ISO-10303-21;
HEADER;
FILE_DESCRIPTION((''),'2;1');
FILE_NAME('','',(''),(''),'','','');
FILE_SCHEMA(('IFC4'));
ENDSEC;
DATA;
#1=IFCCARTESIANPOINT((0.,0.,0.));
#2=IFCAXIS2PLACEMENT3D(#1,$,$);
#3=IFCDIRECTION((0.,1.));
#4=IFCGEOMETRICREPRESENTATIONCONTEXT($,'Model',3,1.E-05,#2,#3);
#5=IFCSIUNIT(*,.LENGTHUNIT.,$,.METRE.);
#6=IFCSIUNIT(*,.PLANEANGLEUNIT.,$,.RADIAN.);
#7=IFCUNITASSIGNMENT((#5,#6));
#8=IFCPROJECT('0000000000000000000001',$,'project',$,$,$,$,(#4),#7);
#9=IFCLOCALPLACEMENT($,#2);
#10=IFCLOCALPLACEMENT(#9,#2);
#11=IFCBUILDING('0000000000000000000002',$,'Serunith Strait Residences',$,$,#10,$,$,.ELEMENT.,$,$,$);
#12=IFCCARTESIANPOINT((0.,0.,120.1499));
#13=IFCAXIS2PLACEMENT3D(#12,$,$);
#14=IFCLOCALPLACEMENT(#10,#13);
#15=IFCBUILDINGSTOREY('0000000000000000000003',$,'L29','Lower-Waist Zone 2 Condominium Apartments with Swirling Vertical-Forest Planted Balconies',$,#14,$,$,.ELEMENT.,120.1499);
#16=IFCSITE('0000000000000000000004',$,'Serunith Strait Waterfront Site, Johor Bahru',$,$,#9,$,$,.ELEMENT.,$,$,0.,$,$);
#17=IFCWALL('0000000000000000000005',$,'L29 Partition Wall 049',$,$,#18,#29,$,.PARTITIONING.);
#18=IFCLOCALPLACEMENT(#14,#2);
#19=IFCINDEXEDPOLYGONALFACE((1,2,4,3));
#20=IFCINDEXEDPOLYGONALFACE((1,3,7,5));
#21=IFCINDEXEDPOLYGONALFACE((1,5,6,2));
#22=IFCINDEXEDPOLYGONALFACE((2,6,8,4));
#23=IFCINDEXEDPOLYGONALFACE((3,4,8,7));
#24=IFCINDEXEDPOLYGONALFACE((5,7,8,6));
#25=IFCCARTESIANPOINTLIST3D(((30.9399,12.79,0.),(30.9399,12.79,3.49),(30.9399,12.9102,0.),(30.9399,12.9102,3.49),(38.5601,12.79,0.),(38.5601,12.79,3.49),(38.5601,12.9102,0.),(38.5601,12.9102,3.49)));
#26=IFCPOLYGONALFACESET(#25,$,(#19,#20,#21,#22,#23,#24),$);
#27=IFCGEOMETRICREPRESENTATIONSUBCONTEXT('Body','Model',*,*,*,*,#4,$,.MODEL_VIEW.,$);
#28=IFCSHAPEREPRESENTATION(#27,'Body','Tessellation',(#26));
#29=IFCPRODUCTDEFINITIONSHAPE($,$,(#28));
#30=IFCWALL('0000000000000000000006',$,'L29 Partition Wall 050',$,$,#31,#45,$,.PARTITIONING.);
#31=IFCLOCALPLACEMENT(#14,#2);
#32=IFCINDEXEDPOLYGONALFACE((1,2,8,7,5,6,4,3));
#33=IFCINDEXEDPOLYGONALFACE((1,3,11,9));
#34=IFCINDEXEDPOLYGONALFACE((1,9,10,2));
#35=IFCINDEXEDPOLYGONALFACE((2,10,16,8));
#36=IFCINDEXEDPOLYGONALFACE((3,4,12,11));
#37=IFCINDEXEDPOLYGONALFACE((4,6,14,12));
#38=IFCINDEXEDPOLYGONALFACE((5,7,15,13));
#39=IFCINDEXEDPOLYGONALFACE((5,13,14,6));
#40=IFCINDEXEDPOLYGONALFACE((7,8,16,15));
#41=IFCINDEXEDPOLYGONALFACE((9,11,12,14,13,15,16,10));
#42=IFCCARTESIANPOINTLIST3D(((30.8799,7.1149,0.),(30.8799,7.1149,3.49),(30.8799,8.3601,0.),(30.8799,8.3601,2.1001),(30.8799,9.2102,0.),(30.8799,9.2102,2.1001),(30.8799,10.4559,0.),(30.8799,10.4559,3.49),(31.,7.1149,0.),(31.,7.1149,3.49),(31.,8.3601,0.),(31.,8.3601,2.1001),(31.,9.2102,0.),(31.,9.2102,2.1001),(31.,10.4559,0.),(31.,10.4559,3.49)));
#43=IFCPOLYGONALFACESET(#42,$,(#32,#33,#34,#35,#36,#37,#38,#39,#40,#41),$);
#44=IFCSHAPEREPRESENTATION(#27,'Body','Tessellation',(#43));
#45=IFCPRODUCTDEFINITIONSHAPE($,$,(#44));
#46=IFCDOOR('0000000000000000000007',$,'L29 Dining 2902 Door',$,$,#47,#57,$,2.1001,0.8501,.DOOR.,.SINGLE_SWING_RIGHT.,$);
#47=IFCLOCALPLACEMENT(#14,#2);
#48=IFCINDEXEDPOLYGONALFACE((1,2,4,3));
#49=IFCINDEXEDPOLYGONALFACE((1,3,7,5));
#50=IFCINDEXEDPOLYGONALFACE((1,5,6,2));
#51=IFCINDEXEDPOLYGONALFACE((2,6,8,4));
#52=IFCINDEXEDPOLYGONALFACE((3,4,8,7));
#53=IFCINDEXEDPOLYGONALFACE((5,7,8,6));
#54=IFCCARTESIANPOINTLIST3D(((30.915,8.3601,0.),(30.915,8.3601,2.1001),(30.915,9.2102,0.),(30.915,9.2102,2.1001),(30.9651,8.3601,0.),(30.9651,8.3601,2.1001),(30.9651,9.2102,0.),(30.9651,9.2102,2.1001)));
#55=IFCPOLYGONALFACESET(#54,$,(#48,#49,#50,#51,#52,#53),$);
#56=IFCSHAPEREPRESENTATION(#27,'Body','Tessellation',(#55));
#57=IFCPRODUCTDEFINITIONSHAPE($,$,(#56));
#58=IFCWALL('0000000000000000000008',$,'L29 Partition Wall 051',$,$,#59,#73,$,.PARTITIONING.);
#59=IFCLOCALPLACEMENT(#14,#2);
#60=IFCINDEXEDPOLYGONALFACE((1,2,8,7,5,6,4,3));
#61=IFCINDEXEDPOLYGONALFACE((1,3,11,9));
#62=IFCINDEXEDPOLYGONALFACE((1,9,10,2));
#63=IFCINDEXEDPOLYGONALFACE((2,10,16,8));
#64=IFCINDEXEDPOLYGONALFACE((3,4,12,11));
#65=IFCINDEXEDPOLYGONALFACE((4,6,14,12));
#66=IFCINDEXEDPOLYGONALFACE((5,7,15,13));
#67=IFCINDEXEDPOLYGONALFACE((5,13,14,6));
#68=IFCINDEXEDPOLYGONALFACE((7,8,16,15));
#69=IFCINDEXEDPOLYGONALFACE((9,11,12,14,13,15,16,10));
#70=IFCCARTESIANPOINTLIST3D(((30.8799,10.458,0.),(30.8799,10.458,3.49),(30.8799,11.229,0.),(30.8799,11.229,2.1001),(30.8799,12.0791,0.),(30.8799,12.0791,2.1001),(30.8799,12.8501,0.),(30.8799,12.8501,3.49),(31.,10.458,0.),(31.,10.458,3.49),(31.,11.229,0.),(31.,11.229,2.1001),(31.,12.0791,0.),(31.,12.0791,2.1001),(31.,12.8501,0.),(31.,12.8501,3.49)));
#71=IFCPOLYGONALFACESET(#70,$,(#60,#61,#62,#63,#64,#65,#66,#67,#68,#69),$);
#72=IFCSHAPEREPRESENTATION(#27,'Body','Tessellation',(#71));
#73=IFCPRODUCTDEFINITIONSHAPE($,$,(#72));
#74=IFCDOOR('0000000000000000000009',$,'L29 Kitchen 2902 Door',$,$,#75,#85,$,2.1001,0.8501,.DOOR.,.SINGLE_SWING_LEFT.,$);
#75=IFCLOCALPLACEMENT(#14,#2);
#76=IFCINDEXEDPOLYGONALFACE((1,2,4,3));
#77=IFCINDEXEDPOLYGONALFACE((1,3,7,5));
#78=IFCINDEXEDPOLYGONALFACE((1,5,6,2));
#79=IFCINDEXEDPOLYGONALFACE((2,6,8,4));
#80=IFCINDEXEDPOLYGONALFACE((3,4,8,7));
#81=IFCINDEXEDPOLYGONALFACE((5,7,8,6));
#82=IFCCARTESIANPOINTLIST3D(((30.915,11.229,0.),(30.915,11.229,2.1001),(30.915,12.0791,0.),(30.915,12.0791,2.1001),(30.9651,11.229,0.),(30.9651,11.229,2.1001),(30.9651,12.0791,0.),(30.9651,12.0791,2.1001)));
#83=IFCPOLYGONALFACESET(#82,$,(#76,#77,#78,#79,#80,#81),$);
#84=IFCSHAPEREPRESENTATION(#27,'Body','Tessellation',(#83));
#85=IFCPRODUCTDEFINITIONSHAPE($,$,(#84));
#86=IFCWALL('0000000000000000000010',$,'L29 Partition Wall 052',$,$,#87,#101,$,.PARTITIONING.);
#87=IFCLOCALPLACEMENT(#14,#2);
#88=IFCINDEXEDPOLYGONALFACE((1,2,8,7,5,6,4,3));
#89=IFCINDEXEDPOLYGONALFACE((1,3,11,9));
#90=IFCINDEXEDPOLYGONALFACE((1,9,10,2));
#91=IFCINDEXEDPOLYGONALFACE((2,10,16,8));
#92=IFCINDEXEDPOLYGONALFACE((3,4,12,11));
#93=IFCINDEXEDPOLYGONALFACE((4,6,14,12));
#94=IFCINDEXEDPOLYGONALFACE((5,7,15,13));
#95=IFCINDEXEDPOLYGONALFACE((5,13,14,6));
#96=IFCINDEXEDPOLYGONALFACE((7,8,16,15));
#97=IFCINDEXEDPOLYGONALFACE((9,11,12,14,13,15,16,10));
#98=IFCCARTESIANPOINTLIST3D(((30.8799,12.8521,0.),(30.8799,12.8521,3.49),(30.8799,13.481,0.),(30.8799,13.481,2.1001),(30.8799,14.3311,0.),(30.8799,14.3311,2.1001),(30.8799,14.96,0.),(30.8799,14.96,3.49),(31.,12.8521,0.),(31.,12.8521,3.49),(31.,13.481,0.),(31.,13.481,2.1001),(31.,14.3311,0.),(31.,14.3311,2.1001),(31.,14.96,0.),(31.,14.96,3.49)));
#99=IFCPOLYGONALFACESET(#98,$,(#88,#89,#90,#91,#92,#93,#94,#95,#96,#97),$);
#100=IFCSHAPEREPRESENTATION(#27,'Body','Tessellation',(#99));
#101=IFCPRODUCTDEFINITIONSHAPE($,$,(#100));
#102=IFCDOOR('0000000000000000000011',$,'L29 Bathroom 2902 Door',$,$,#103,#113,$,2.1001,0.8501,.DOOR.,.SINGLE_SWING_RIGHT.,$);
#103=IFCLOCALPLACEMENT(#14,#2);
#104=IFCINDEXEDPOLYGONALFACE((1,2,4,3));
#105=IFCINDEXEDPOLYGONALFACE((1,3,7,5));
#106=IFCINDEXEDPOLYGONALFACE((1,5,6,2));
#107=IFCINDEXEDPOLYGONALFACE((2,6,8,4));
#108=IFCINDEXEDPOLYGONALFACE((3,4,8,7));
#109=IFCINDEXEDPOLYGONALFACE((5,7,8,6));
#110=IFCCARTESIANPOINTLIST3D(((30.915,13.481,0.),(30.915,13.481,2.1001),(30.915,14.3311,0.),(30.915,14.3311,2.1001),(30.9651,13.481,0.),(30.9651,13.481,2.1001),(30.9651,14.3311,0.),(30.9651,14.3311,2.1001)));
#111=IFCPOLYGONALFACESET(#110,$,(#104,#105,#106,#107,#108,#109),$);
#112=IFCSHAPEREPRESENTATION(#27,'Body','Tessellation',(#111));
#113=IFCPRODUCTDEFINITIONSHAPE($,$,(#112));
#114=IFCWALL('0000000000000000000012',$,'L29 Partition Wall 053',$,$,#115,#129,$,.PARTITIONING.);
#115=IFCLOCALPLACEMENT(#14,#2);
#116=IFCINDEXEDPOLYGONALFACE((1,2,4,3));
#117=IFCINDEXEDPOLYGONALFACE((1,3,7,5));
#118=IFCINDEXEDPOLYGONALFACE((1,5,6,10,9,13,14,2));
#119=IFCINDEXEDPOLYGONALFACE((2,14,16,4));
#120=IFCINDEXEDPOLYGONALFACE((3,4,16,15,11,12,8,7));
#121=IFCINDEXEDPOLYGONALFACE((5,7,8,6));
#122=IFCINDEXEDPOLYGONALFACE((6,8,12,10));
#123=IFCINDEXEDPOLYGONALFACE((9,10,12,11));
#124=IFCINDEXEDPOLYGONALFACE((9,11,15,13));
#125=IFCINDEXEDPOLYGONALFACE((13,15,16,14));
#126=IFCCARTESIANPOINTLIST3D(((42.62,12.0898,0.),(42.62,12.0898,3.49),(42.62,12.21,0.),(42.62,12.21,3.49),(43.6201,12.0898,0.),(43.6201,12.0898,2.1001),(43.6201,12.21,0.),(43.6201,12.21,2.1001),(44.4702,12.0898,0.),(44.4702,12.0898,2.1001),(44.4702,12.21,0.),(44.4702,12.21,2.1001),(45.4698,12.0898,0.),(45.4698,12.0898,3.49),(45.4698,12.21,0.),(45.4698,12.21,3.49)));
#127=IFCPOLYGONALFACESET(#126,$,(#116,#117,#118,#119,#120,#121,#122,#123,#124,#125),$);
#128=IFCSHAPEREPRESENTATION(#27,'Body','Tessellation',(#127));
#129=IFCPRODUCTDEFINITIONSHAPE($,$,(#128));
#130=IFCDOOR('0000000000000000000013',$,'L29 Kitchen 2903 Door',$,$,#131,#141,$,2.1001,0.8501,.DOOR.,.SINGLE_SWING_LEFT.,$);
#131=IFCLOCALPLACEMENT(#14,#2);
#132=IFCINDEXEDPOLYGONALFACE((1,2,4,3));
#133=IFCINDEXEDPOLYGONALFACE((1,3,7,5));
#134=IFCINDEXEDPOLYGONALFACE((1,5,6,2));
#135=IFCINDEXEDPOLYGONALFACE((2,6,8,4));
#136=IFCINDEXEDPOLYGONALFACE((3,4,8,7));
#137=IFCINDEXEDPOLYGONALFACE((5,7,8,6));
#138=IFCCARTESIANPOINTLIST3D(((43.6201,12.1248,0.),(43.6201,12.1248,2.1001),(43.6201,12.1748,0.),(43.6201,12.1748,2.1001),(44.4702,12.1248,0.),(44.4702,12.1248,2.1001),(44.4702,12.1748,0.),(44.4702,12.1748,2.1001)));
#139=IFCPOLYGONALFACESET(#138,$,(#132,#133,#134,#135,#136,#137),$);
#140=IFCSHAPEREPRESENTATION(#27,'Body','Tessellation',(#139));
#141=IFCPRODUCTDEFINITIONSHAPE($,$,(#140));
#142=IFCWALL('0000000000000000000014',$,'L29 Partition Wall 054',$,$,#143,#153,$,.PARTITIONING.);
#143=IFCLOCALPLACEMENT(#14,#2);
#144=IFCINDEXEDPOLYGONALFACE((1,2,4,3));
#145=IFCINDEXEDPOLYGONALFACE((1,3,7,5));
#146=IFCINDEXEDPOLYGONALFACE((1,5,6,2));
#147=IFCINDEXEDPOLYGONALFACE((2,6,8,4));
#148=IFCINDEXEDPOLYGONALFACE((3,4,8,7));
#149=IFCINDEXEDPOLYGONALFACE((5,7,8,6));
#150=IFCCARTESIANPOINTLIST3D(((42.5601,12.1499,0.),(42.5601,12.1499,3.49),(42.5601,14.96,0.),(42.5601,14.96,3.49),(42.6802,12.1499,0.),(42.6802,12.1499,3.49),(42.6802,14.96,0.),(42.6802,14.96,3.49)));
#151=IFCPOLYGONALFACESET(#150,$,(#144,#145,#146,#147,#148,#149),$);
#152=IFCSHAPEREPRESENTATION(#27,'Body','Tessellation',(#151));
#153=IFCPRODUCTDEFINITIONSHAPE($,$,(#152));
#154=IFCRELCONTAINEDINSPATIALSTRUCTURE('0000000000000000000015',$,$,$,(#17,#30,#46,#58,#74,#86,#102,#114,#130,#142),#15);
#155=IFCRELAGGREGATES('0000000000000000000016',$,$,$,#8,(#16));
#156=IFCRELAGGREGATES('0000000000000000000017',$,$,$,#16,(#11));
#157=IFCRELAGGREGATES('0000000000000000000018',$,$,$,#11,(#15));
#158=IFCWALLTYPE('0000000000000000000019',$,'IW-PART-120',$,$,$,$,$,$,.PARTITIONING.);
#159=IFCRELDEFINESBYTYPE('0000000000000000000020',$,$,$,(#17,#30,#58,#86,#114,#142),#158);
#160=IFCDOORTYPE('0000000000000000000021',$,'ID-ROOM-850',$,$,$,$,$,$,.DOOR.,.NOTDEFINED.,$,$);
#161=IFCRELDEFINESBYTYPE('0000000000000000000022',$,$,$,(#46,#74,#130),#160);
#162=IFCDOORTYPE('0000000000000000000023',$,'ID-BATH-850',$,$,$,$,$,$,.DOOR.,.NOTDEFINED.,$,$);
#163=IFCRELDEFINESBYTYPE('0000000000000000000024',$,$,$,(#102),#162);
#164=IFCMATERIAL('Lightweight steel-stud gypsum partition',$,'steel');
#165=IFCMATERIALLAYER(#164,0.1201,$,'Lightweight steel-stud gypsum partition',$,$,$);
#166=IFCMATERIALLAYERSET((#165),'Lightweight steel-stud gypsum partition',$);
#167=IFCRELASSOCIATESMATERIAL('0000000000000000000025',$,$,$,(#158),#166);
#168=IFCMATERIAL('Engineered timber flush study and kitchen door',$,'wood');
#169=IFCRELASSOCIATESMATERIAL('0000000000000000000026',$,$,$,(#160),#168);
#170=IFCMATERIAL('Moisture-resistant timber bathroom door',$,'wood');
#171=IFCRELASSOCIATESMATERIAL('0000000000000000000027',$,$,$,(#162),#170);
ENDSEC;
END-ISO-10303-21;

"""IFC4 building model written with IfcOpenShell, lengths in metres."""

from ifc_helpers import new_model, si_unit, direction, frame, frame_2d, origin, place, context, subcontext, project, spatial, rectangle, extrude, source, transform, mapped, material, layer, layer_set, type_object, element, fill, save


model = new_model("IFC4")

# Units and contexts
model_context = context("Model", 3, precision=1e-05, world=origin(), true_north=direction((0.0, 1.0)))
body_context = subcontext(model_context, "Body", "Model", "MODEL_VIEW")
ifc_project = project(units=[si_unit("LENGTHUNIT", "METRE"), si_unit("PLANEANGLEUNIT", "RADIAN")], contexts=[model_context])

# Site, building, storey
site_placement = place(None, origin())
site = spatial("IfcSite", under=ifc_project, at=site_placement, Name="Serunith Strait Waterfront Site, Johor Bahru", CompositionType="ELEMENT", RefElevation=0.0)
building_placement = place(site_placement, origin())
building = spatial("IfcBuilding", under=site, at=building_placement, Name="Serunith Strait Residences", CompositionType="ELEMENT")
storey_placement = place(building_placement, frame((0.0, 0.0, 120.1499)))
storey = spatial("IfcBuildingStorey", under=building, at=storey_placement, Name="L29", Description="Lower-Waist Zone 2 Condominium Apartments with Swirling Vertical-Forest Planted Balconies", CompositionType="ELEMENT", Elevation=120.1499)

# Wall
ifc_material_1 = material(Name="Lightweight steel-stud gypsum partition", Category="steel")
ifc_layer_1 = layer(ifc_material_1, 0.1201, Name="Lightweight steel-stud gypsum partition")
ifc_layer_set_1 = layer_set([ifc_layer_1], Name="Lightweight steel-stud gypsum partition")
wall_type_1 = type_object("IfcWallType", Name="IW-PART-120", PredefinedType="PARTITIONING", material=ifc_layer_set_1)
wall_1_placement = place(storey_placement, frame((30.9399, 12.8501, 0.0), z_axis=(0.0, 0.0, 1.0), x_axis=(1.0, 0.0, 0.0)))
element("IfcWall", 1, at=wall_1_placement, inside=storey, type_object=wall_type_1, Name="L29 Partition Wall 049", PredefinedType="PARTITIONING", context=body_context, shape_type="SweptSolid", body=[
    extrude(rectangle(XDim=7.6201, YDim=0.1201, at=frame_2d((3.8101, 0.0))), origin(), (0.0, 0.0, 1.0), 3.49),
])

# Walls, openings, doors
wall_2_placement = place(storey_placement, frame((30.9399, 7.115, 0.0), z_axis=(0.0, 0.0, 1.0), x_axis=(0.0, 1.0, 0.0)))
wall_2 = element("IfcWall", 2, at=wall_2_placement, inside=storey, type_object=wall_type_1, Name="L29 Partition Wall 050", PredefinedType="PARTITIONING", context=body_context, shape_type="SweptSolid", body=[
    extrude(rectangle(XDim=3.3411, YDim=0.1201, at=frame_2d((1.6704, 0.0))), origin(), (0.0, 0.0, 1.0), 3.49),
])
opening_1_placement = place(wall_2_placement, frame((1.2451, 0.0, 0.0)))
opening_1 = element("IfcOpeningElement", 3, at=opening_1_placement, cuts=wall_2, PredefinedType="OPENING", context=body_context, shape_type="SweptSolid", body=[
    extrude(rectangle(XDim=0.8501, YDim=2.1001, at=frame_2d((0.425, 1.05))), frame((0.0, 0.0701, 0.0), z_axis=(0.0, -1.0, 0.0), x_axis=(1.0, 0.0, 0.0)), (0.0, 0.0, 1.0), 0.1401),
])
ifc_material_2 = material(Name="Engineered timber flush study and kitchen door", Category="wood")
door_type_1 = type_object("IfcDoorType", Name="ID-ROOM-850", OperationType="NOTDEFINED", PredefinedType="DOOR", material=ifc_material_2)
shared_shape_1 = source(origin(), body_context, "Body", "SweptSolid", [
    extrude(rectangle(XDim=0.8501, YDim=2.1001, at=frame_2d((0.425, 1.05))), frame((0.0, 0.0249, 0.0), z_axis=(0.0, -1.0, 0.0), x_axis=(1.0, 0.0, 0.0)), (0.0, 0.0, 1.0), 0.05),
])
door_1_placement = place(opening_1_placement, origin())
door_1 = element("IfcDoor", 4, at=door_1_placement, inside=storey, type_object=door_type_1, Name="L29 Dining 2902 Door", OperationType="SINGLE_SWING_RIGHT", OverallHeight=2.1001, OverallWidth=0.8501, PredefinedType="DOOR", context=body_context, shape_type="MappedRepresentation", body=[
    mapped(shared_shape_1, transform((0.0, 0.0, 0.0), scale=1.0)),
])
fill(opening_1, door_1)
wall_3_placement = place(storey_placement, frame((30.9399, 10.458, 0.0), z_axis=(0.0, 0.0, 1.0), x_axis=(0.0, 1.0, 0.0)))
wall_3 = element("IfcWall", 5, at=wall_3_placement, inside=storey, type_object=wall_type_1, Name="L29 Partition Wall 051", PredefinedType="PARTITIONING", context=body_context, shape_type="SweptSolid", body=[
    extrude(rectangle(XDim=2.3921, YDim=0.1201, at=frame_2d((1.196, 0.0))), origin(), (0.0, 0.0, 1.0), 3.49),
])
opening_2_placement = place(wall_3_placement, frame((0.771, 0.0, 0.0)))
opening_2 = element("IfcOpeningElement", 6, at=opening_2_placement, cuts=wall_3, PredefinedType="OPENING", context=body_context, shape_type="SweptSolid", body=[
    extrude(rectangle(XDim=0.8501, YDim=2.1001, at=frame_2d((0.425, 1.05))), frame((0.0, 0.0701, 0.0), z_axis=(0.0, -1.0, 0.0), x_axis=(1.0, 0.0, 0.0)), (0.0, 0.0, 1.0), 0.1401),
])
door_2_placement = place(opening_2_placement, origin())
door_2 = element("IfcDoor", 7, at=door_2_placement, inside=storey, type_object=door_type_1, Name="L29 Kitchen 2902 Door", OperationType="SINGLE_SWING_LEFT", OverallHeight=2.1001, OverallWidth=0.8501, PredefinedType="DOOR", context=body_context, shape_type="MappedRepresentation", body=[
    mapped(shared_shape_1, transform((0.0, 0.0, 0.0), scale=1.0)),
])
fill(opening_2, door_2)
wall_4_placement = place(storey_placement, frame((30.9399, 12.8521, 0.0), z_axis=(0.0, 0.0, 1.0), x_axis=(0.0, 1.0, 0.0)))
wall_4 = element("IfcWall", 8, at=wall_4_placement, inside=storey, type_object=wall_type_1, Name="L29 Partition Wall 052", PredefinedType="PARTITIONING", context=body_context, shape_type="SweptSolid", body=[
    extrude(rectangle(XDim=2.1079, YDim=0.1201, at=frame_2d((1.054, 0.0))), origin(), (0.0, 0.0, 1.0), 3.49),
])
opening_3_placement = place(wall_4_placement, frame((0.6289, 0.0, 0.0)))
opening_3 = element("IfcOpeningElement", 9, at=opening_3_placement, cuts=wall_4, PredefinedType="OPENING", context=body_context, shape_type="SweptSolid", body=[
    extrude(rectangle(XDim=0.8501, YDim=2.1001, at=frame_2d((0.425, 1.05))), frame((0.0, 0.0701, 0.0), z_axis=(0.0, -1.0, 0.0), x_axis=(1.0, 0.0, 0.0)), (0.0, 0.0, 1.0), 0.1401),
])
ifc_material_3 = material(Name="Moisture-resistant timber bathroom door", Category="wood")
door_type_2 = type_object("IfcDoorType", Name="ID-BATH-850", OperationType="NOTDEFINED", PredefinedType="DOOR", material=ifc_material_3)
door_3_placement = place(opening_3_placement, origin())
door_3 = element("IfcDoor", 10, at=door_3_placement, inside=storey, type_object=door_type_2, Name="L29 Bathroom 2902 Door", OperationType="SINGLE_SWING_RIGHT", OverallHeight=2.1001, OverallWidth=0.8501, PredefinedType="DOOR", context=body_context, shape_type="MappedRepresentation", body=[
    mapped(shared_shape_1, transform((0.0, 0.0, 0.0), scale=1.0)),
])
fill(opening_3, door_3)
wall_5_placement = place(storey_placement, frame((42.6201, 12.1499, 0.0), z_axis=(0.0, 0.0, 1.0), x_axis=(1.0, 0.0, 0.0)))
wall_5 = element("IfcWall", 11, at=wall_5_placement, inside=storey, type_object=wall_type_1, Name="L29 Partition Wall 053", PredefinedType="PARTITIONING", context=body_context, shape_type="SweptSolid", body=[
    extrude(rectangle(XDim=2.8499, YDim=0.1201, at=frame_2d((1.4248, 0.0))), origin(), (0.0, 0.0, 1.0), 3.49),
])
opening_4_placement = place(wall_5_placement, frame((1.0, 0.0, 0.0)))
opening_4 = element("IfcOpeningElement", 12, at=opening_4_placement, cuts=wall_5, PredefinedType="OPENING", context=body_context, shape_type="SweptSolid", body=[
    extrude(rectangle(XDim=0.8501, YDim=2.1001, at=frame_2d((0.425, 1.05))), frame((0.0, 0.0701, 0.0), z_axis=(0.0, -1.0, 0.0), x_axis=(1.0, 0.0, 0.0)), (0.0, 0.0, 1.0), 0.1401),
])
door_4_placement = place(opening_4_placement, origin())
door_4 = element("IfcDoor", 13, at=door_4_placement, inside=storey, type_object=door_type_1, Name="L29 Kitchen 2903 Door", OperationType="SINGLE_SWING_LEFT", OverallHeight=2.1001, OverallWidth=0.8501, PredefinedType="DOOR", context=body_context, shape_type="MappedRepresentation", body=[
    mapped(shared_shape_1, transform((0.0, 0.0, 0.0), scale=1.0)),
])
fill(opening_4, door_4)

# Wall
wall_6_placement = place(storey_placement, frame((42.6201, 12.1499, 0.0), z_axis=(0.0, 0.0, 1.0), x_axis=(0.0, 1.0, 0.0)))
element("IfcWall", 14, at=wall_6_placement, inside=storey, type_object=wall_type_1, Name="L29 Partition Wall 054", PredefinedType="PARTITIONING", context=body_context, shape_type="SweptSolid", body=[
    extrude(rectangle(XDim=2.8101, YDim=0.1201, at=frame_2d((1.405, 0.0))), origin(), (0.0, 0.0, 1.0), 3.49),
])

save(model, "model.ifc")
